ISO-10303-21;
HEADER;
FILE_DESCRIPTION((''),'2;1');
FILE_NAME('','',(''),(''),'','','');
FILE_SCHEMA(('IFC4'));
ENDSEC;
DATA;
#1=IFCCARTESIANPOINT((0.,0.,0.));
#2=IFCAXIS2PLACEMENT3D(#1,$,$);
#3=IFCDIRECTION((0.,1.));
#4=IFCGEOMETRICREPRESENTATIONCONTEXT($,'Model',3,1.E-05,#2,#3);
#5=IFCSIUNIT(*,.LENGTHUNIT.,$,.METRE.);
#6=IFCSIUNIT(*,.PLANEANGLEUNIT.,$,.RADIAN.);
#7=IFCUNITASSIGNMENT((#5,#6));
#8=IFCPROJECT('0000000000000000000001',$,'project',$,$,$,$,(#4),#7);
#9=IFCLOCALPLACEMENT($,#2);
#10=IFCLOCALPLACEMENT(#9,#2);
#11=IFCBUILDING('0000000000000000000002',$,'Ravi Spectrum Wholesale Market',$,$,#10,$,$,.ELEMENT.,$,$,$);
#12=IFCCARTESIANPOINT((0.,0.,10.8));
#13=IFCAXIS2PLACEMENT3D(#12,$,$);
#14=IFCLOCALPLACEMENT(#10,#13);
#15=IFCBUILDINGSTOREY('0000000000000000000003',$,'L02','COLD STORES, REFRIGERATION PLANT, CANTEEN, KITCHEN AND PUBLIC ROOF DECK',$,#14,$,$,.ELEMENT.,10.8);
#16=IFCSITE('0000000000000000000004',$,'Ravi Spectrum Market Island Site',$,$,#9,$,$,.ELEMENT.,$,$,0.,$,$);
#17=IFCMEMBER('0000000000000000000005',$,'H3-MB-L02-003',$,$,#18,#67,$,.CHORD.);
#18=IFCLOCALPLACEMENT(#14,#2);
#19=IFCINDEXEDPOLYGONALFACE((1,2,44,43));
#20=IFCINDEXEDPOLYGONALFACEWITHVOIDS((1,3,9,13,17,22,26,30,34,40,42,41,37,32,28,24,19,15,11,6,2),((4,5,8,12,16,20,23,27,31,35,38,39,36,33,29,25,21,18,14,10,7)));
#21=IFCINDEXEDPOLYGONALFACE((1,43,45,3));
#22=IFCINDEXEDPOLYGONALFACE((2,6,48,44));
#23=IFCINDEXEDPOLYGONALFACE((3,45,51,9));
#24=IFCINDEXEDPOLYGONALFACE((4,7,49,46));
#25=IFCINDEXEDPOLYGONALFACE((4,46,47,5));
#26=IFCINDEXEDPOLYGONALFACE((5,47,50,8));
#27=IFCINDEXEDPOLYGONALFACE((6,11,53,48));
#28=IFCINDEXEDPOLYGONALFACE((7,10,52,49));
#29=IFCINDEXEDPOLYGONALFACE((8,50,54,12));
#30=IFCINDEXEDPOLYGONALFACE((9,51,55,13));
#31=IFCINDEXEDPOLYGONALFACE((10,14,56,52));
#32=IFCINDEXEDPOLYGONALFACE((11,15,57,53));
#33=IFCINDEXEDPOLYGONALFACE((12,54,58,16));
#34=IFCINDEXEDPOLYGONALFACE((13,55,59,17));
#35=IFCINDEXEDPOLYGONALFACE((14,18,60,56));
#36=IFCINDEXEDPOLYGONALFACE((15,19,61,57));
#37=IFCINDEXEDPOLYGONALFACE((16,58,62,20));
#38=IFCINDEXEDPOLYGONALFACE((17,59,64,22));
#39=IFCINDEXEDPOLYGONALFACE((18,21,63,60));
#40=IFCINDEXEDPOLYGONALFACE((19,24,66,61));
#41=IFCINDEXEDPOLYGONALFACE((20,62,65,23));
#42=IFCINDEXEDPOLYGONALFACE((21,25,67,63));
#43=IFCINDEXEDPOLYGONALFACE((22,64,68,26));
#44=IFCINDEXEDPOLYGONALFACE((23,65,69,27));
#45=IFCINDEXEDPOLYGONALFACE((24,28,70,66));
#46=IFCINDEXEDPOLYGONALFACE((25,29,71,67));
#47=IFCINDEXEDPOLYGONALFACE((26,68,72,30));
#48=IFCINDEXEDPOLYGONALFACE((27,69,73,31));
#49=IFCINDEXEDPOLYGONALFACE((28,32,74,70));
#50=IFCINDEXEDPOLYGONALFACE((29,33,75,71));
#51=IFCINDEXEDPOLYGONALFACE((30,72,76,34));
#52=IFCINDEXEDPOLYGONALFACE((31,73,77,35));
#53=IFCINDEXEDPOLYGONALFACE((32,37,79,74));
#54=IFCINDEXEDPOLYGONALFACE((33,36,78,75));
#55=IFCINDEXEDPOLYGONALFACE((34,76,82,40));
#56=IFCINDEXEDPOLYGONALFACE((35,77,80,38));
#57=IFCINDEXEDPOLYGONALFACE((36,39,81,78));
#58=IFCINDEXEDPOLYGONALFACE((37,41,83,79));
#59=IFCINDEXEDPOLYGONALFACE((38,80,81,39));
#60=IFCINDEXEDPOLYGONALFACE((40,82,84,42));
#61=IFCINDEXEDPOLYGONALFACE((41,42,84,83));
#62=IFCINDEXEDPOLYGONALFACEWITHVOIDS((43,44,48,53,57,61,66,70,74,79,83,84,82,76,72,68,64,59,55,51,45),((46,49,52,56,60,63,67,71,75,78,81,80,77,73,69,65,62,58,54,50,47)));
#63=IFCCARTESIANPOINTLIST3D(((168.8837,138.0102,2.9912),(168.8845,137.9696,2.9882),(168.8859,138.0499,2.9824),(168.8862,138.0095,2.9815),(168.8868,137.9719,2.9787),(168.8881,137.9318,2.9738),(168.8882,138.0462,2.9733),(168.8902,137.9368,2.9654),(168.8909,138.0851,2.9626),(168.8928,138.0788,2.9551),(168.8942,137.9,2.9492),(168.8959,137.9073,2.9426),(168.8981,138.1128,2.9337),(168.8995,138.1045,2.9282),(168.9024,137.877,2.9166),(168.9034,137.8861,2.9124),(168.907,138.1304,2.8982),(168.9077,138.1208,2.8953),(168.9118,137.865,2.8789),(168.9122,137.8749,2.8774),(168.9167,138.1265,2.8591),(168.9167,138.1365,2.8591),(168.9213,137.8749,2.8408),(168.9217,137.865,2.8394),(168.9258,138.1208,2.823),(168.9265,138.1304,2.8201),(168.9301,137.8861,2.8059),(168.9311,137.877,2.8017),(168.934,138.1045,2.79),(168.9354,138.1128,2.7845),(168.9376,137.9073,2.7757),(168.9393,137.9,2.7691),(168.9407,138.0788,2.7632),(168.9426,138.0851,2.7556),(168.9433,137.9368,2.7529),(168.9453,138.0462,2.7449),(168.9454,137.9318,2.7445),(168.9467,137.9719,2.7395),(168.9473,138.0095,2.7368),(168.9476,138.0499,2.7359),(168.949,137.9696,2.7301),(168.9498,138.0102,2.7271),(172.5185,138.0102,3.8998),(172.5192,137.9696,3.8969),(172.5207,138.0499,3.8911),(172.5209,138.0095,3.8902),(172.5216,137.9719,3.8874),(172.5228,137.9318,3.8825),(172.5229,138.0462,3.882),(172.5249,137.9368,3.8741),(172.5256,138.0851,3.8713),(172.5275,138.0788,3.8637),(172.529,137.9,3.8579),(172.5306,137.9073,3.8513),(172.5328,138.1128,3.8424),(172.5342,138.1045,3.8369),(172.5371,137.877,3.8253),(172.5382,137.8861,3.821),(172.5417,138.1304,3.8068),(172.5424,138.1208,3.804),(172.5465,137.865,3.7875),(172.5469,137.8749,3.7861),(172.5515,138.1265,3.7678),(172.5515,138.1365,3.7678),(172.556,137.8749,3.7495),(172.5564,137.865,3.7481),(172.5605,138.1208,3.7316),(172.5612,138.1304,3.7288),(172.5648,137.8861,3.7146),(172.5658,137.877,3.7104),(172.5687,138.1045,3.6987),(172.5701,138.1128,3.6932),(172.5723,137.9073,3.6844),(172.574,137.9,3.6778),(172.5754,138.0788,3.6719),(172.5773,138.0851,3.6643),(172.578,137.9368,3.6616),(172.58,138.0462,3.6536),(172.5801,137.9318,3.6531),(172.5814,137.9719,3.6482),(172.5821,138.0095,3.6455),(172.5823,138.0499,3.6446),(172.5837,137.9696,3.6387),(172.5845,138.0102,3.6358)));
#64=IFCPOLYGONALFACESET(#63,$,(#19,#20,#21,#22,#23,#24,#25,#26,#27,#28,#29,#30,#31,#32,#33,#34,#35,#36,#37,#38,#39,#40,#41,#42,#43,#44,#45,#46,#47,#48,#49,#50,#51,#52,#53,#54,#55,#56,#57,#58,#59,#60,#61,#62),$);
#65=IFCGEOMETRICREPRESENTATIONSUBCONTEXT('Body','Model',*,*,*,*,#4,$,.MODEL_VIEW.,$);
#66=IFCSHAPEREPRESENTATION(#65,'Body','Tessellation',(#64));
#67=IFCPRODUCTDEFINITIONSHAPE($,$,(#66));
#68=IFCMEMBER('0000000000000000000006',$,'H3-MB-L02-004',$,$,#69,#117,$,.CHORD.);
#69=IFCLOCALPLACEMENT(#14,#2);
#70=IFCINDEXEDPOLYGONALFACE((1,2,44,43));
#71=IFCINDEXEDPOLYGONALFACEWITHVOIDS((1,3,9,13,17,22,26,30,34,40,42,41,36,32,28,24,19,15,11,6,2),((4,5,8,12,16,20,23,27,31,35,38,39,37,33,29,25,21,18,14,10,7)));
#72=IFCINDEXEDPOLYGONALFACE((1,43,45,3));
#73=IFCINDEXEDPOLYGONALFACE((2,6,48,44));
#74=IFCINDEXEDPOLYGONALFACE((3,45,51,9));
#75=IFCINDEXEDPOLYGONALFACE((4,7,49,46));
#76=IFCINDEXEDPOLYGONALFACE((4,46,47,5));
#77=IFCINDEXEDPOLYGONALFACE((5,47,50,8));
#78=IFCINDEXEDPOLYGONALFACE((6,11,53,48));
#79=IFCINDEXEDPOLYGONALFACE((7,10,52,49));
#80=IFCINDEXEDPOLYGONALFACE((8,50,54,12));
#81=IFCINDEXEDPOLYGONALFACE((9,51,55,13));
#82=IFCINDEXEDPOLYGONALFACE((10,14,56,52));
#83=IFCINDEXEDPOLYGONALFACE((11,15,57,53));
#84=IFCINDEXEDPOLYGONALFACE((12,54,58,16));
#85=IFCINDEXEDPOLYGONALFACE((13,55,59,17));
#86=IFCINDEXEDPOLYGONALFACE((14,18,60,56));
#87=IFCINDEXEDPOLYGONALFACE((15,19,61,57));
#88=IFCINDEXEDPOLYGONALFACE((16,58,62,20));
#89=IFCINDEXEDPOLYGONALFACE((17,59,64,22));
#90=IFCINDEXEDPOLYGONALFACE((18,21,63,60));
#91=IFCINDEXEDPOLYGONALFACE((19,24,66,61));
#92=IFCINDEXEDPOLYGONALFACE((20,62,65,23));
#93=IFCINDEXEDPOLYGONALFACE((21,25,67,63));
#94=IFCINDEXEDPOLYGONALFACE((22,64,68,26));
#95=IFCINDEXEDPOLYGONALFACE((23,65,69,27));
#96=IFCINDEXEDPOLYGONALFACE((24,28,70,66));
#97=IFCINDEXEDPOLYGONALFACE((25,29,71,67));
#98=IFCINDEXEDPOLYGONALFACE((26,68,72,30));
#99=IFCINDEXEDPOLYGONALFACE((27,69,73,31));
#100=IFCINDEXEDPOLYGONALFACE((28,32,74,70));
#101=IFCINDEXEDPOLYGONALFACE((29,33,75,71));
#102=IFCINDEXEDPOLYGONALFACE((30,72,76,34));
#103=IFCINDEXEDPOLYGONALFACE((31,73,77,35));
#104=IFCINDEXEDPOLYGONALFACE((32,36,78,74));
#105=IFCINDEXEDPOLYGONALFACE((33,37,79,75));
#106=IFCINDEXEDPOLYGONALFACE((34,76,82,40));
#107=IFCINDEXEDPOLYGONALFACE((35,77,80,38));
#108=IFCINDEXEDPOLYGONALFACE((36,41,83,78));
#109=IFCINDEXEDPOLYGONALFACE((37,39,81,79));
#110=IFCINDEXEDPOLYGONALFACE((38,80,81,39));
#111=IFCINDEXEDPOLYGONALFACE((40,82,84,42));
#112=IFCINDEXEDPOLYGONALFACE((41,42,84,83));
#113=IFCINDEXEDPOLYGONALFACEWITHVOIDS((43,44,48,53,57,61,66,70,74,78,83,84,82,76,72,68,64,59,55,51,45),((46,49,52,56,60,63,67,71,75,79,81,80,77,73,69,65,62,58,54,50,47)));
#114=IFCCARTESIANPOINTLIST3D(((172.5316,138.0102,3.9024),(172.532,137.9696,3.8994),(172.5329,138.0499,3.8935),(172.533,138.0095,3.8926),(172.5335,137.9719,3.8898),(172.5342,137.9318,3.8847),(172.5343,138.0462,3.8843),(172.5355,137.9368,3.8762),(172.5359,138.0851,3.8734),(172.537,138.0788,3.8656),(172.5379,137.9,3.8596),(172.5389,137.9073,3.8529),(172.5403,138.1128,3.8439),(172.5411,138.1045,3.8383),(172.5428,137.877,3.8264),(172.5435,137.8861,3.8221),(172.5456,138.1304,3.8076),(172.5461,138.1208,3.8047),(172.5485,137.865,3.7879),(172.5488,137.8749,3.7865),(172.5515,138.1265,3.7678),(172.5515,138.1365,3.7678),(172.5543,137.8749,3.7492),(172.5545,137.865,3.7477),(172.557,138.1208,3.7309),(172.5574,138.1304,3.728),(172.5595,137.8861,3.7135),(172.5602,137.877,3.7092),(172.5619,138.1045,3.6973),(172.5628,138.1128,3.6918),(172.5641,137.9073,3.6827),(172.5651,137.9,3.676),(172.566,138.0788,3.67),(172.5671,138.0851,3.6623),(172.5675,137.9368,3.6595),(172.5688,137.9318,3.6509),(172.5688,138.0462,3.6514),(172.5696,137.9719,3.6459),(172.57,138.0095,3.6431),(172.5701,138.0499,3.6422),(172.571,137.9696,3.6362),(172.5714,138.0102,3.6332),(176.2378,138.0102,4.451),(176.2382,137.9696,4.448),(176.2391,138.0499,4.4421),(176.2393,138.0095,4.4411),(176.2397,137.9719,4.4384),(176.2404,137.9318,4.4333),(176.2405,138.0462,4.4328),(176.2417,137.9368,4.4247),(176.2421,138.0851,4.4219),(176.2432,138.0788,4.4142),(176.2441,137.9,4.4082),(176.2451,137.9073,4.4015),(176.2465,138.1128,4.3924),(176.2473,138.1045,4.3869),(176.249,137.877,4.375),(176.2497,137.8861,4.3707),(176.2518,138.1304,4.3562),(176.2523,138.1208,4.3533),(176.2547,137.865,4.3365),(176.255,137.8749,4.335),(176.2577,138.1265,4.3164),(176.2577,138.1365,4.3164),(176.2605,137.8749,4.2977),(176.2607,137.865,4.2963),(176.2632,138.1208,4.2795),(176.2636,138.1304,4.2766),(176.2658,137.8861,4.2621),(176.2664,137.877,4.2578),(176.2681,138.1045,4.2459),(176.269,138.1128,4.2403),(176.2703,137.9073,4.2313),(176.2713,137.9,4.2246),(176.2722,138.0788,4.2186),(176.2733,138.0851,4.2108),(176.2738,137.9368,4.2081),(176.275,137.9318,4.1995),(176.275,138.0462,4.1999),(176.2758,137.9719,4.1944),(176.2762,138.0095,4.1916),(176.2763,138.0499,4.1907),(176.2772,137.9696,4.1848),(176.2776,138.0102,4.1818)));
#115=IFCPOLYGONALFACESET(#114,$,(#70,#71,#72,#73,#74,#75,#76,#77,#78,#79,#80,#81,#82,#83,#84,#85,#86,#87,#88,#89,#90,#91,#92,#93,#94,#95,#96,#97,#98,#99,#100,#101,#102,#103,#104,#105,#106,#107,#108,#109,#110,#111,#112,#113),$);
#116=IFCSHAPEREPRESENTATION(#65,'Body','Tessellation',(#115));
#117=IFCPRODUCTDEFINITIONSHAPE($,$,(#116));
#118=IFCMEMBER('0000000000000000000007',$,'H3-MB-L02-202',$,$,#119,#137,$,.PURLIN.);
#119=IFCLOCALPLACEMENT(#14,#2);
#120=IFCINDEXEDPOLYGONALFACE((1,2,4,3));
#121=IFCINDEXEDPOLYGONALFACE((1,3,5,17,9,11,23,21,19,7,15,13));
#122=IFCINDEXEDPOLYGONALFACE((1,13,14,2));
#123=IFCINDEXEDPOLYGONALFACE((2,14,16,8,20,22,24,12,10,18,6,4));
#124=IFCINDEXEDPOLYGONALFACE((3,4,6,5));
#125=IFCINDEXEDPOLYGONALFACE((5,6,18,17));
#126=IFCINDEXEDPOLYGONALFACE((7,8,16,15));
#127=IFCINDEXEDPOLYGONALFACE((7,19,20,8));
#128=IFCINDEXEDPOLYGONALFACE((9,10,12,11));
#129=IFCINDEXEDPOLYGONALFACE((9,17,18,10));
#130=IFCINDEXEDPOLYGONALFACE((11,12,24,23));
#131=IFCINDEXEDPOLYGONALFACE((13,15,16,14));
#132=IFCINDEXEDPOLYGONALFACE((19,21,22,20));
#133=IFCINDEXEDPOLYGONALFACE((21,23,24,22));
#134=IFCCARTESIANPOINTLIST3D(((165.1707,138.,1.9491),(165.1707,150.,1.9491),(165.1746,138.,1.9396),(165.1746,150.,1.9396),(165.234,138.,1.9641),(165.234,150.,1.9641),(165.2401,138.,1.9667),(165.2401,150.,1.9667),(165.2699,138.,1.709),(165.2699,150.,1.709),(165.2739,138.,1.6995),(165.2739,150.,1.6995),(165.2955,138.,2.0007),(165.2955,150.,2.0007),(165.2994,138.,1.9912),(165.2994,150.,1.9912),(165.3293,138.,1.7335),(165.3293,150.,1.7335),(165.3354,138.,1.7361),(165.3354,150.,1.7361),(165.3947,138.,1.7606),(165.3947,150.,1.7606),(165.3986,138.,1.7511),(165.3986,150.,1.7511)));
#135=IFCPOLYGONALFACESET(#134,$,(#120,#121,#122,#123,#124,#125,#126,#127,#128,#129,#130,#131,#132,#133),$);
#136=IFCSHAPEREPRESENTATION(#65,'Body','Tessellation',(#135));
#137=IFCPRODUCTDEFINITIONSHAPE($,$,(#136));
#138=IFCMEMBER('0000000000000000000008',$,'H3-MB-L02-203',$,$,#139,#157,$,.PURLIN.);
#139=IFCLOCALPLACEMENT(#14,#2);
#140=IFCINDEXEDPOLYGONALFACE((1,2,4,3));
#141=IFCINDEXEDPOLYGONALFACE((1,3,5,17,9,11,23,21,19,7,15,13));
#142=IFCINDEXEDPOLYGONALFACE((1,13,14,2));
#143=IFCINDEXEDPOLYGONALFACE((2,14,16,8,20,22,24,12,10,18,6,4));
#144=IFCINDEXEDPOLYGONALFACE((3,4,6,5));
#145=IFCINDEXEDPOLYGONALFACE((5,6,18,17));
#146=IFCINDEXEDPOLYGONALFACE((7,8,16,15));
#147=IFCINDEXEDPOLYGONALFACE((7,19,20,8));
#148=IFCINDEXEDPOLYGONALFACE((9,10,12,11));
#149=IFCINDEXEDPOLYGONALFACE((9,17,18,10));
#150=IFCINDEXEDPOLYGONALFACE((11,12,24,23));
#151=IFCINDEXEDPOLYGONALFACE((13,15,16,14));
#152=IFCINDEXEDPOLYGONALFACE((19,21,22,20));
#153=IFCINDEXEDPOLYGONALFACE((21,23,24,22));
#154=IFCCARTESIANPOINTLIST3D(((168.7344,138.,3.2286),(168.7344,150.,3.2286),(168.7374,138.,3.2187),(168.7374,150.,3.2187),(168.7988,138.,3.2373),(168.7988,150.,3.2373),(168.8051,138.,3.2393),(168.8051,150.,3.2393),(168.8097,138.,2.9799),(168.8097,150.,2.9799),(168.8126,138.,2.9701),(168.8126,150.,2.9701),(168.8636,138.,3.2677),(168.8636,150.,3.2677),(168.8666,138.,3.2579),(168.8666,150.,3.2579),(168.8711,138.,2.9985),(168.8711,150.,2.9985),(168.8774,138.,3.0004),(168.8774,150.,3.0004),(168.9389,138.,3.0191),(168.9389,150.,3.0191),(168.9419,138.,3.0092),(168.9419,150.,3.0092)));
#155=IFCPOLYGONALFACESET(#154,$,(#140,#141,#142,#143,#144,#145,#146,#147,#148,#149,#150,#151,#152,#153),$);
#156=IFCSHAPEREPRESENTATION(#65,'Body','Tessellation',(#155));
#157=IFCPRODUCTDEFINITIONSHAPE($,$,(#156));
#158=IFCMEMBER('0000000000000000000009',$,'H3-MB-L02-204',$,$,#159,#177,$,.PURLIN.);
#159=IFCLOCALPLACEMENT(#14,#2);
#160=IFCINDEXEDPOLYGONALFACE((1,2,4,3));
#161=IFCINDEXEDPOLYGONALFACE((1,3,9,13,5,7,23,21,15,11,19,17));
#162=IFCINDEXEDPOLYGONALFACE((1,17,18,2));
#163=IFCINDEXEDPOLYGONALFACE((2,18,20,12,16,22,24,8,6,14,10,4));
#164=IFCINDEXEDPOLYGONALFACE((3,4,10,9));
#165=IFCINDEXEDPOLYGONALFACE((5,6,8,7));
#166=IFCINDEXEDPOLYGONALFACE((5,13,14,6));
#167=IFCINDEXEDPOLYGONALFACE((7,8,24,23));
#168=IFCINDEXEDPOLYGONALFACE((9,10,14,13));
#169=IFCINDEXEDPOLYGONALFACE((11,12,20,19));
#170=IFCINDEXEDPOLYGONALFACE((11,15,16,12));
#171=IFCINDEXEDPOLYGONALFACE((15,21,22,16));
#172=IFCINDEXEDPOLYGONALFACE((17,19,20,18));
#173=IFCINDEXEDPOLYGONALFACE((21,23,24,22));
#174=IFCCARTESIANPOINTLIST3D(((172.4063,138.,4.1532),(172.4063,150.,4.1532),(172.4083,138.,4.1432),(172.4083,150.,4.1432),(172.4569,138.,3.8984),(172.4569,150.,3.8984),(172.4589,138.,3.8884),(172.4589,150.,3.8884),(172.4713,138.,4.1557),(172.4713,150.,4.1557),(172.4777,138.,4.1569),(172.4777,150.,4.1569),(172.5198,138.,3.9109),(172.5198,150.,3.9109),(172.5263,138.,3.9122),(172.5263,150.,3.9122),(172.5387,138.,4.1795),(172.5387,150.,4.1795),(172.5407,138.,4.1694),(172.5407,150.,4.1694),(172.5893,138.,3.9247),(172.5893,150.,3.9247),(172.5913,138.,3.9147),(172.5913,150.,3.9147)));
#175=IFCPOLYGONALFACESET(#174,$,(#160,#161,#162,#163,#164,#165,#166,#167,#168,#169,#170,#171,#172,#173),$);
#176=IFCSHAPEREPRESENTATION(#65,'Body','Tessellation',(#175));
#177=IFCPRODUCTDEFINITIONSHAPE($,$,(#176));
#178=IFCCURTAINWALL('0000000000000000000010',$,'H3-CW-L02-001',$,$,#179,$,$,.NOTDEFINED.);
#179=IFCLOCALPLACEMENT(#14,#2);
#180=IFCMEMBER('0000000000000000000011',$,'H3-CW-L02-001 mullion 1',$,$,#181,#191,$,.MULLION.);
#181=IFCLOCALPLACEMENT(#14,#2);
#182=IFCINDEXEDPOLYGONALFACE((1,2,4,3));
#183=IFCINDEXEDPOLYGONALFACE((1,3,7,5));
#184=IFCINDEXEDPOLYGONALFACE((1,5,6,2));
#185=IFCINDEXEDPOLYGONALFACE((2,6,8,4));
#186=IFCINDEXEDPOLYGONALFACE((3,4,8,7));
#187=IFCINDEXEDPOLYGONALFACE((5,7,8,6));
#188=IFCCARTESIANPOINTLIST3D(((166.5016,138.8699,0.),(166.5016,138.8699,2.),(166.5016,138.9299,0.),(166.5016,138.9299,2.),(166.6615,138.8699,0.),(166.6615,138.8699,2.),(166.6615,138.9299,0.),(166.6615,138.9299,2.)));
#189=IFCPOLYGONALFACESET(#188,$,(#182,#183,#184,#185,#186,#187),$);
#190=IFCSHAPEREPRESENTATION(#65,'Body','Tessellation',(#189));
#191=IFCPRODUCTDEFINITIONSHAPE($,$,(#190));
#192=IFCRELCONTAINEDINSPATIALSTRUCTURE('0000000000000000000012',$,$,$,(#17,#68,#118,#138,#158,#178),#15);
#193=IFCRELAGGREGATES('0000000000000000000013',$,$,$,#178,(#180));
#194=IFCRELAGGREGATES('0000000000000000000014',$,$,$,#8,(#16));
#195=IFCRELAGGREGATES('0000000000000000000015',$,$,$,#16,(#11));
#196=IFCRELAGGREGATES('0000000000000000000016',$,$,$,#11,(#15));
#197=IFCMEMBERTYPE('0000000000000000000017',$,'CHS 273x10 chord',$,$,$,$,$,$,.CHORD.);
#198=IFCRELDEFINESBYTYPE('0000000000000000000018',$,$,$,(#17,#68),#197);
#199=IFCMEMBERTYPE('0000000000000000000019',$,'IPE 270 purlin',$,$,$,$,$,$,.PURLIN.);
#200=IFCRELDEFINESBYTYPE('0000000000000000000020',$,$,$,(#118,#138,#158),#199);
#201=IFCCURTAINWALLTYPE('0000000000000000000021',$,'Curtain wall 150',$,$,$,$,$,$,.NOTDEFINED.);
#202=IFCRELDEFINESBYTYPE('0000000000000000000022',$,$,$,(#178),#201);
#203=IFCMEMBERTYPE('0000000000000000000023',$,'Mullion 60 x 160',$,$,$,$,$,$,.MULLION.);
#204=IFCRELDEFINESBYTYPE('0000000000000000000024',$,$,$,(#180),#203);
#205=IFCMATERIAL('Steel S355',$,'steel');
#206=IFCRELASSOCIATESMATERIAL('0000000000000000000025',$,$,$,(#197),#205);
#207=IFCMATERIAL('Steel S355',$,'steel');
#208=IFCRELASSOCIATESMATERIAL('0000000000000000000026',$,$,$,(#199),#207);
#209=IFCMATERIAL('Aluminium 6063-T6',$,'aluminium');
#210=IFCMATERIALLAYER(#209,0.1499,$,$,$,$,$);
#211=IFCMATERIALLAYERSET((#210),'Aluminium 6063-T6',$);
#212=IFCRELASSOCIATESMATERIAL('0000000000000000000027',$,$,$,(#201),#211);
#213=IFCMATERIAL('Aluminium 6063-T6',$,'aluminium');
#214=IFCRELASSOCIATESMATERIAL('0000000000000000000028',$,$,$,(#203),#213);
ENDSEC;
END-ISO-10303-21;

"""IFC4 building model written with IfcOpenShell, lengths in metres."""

from ifc_helpers import new_model, si_unit, direction, frame, origin, origin_2d, place, context, subcontext, project, spatial, rectangle, hollow_circle, i_section, extrude, material, layer, layer_set, material_profile, profile_set, type_object, element, aggregate, save


model = new_model("IFC4")

# Units and contexts
model_context = context("Model", 3, precision=1e-05, world=origin(), true_north=direction((0.0, 1.0)))
body_context = subcontext(model_context, "Body", "Model", "MODEL_VIEW")
ifc_project = project(units=[si_unit("LENGTHUNIT", "METRE"), si_unit("PLANEANGLEUNIT", "RADIAN")], contexts=[model_context])

# Site, building, storey
site_placement = place(None, origin())
site = spatial("IfcSite", under=ifc_project, at=site_placement, Name="Ravi Spectrum Market Island Site", CompositionType="ELEMENT", RefElevation=0.0)
building_placement = place(site_placement, origin())
building = spatial("IfcBuilding", under=site, at=building_placement, Name="Ravi Spectrum Wholesale Market", CompositionType="ELEMENT")
storey_placement = place(building_placement, frame((0.0, 0.0, 10.8)))
storey = spatial("IfcBuildingStorey", under=building, at=storey_placement, Name="L02", Description="COLD STORES, REFRIGERATION PLANT, CANTEEN, KITCHEN AND PUBLIC ROOF DECK", CompositionType="ELEMENT", Elevation=10.8)

# Members
ifc_material_1 = material(Name="Steel S355", Category="steel")
ifc_material_profile_1 = material_profile(ifc_material_1, hollow_circle(Radius=0.1365, WallThickness=0.01, at=origin_2d()))
ifc_profile_set_1 = profile_set([ifc_material_profile_1], Name="Steel S355")
member_type_1 = type_object("IfcMemberType", Name="CHS 273x10 chord", PredefinedType="CHORD", material=ifc_profile_set_1)
for number, where, z_axis, x_axis, name in (
    (1, (168.9167, 138.0, 2.8591), (0.970143, 0.0, 0.242536), (0.0, 1.0, 0.0), "H3-MB-L02-003"),
    (2, (172.5515, 138.0, 3.7678), (0.989223, 0.0, 0.146419), (0.0, 1.0, 0.0), "H3-MB-L02-004"),
):
    element("IfcMember", number, at=place(storey_placement, frame(where, z_axis=z_axis, x_axis=x_axis)), inside=storey, type_object=member_type_1, Name=name, PredefinedType="CHORD", context=body_context, shape_type="SweptSolid", body=[
        extrude(hollow_circle(Radius=0.1365, WallThickness=0.01, at=origin_2d()), origin(), (0.0, 0.0, 1.0), 3.7466),
    ])
ifc_material_2 = material(Name="Steel S355", Category="steel")
ifc_material_profile_2 = material_profile(ifc_material_2, i_section(OverallWidth=0.135, OverallDepth=0.27, WebThickness=0.0066, FlangeThickness=0.0103, at=origin_2d()))
ifc_profile_set_2 = profile_set([ifc_material_profile_2], Name="Steel S355")
member_type_2 = type_object("IfcMemberType", Name="IPE 270 purlin", PredefinedType="PURLIN", material=ifc_profile_set_2)
for number, where, z_axis, x_axis, name in (
    (3, (165.2847, 138.0, 1.8501), (0.0, 1.0, 0.0), (-0.92416, 0.0, -0.382006), "H3-MB-L02-202"),
    (4, (168.8381, 138.0, 3.1189), (0.0, 1.0, 0.0), (-0.9571, 0.0, -0.289758), "H3-MB-L02-203"),
    (5, (172.4988, 138.0, 4.0339), (0.0, 1.0, 0.0), (-0.980857, 0.0, -0.194731), "H3-MB-L02-204"),
):
    element("IfcMember", number, at=place(storey_placement, frame(where, z_axis=z_axis, x_axis=x_axis)), inside=storey, type_object=member_type_2, Name=name, PredefinedType="PURLIN", context=body_context, shape_type="SweptSolid", body=[
        extrude(i_section(OverallWidth=0.135, OverallDepth=0.27, WebThickness=0.0066, FlangeThickness=0.0103, at=origin_2d()), origin(), (0.0, 0.0, 1.0), 12.0),
    ])

# Curtain wall, member
ifc_material_3 = material(Name="Aluminium 6063-T6", Category="aluminium")
ifc_layer_1 = layer(ifc_material_3, 0.1499)
ifc_layer_set_1 = layer_set([ifc_layer_1], Name="Aluminium 6063-T6")
curtain_wall_type = type_object("IfcCurtainWallType", Name="Curtain wall 150", PredefinedType="NOTDEFINED", material=ifc_layer_set_1)
curtain_wall_placement = place(storey_placement, origin())
curtain_wall = element("IfcCurtainWall", 6, at=curtain_wall_placement, inside=storey, type_object=curtain_wall_type, Name="H3-CW-L02-001", PredefinedType="NOTDEFINED")
ifc_material_4 = material(Name="Aluminium 6063-T6", Category="aluminium")
ifc_material_profile_3 = material_profile(ifc_material_4, rectangle(XDim=0.0601, YDim=0.1599, at=origin_2d()))
ifc_profile_set_3 = profile_set([ifc_material_profile_3], Name="Aluminium 6063-T6")
member_type_3 = type_object("IfcMemberType", Name="Mullion 60 x 160", PredefinedType="MULLION", material=ifc_profile_set_3)
member_1_placement = place(storey_placement, frame((166.5815, 138.8999, 0.0), z_axis=(0.0, 0.0, 1.0), x_axis=(0.0, 1.0, 0.0)))
member_1 = element("IfcMember", 7, at=member_1_placement, type_object=member_type_3, Name="H3-CW-L02-001 mullion 1", PredefinedType="MULLION", context=body_context, shape_type="SweptSolid", body=[
    extrude(rectangle(XDim=0.0601, YDim=0.1599, at=origin_2d()), origin(), (0.0, 0.0, 1.0), 2.0),
])

aggregate(curtain_wall, [member_1])

save(model, "model.ifc")
